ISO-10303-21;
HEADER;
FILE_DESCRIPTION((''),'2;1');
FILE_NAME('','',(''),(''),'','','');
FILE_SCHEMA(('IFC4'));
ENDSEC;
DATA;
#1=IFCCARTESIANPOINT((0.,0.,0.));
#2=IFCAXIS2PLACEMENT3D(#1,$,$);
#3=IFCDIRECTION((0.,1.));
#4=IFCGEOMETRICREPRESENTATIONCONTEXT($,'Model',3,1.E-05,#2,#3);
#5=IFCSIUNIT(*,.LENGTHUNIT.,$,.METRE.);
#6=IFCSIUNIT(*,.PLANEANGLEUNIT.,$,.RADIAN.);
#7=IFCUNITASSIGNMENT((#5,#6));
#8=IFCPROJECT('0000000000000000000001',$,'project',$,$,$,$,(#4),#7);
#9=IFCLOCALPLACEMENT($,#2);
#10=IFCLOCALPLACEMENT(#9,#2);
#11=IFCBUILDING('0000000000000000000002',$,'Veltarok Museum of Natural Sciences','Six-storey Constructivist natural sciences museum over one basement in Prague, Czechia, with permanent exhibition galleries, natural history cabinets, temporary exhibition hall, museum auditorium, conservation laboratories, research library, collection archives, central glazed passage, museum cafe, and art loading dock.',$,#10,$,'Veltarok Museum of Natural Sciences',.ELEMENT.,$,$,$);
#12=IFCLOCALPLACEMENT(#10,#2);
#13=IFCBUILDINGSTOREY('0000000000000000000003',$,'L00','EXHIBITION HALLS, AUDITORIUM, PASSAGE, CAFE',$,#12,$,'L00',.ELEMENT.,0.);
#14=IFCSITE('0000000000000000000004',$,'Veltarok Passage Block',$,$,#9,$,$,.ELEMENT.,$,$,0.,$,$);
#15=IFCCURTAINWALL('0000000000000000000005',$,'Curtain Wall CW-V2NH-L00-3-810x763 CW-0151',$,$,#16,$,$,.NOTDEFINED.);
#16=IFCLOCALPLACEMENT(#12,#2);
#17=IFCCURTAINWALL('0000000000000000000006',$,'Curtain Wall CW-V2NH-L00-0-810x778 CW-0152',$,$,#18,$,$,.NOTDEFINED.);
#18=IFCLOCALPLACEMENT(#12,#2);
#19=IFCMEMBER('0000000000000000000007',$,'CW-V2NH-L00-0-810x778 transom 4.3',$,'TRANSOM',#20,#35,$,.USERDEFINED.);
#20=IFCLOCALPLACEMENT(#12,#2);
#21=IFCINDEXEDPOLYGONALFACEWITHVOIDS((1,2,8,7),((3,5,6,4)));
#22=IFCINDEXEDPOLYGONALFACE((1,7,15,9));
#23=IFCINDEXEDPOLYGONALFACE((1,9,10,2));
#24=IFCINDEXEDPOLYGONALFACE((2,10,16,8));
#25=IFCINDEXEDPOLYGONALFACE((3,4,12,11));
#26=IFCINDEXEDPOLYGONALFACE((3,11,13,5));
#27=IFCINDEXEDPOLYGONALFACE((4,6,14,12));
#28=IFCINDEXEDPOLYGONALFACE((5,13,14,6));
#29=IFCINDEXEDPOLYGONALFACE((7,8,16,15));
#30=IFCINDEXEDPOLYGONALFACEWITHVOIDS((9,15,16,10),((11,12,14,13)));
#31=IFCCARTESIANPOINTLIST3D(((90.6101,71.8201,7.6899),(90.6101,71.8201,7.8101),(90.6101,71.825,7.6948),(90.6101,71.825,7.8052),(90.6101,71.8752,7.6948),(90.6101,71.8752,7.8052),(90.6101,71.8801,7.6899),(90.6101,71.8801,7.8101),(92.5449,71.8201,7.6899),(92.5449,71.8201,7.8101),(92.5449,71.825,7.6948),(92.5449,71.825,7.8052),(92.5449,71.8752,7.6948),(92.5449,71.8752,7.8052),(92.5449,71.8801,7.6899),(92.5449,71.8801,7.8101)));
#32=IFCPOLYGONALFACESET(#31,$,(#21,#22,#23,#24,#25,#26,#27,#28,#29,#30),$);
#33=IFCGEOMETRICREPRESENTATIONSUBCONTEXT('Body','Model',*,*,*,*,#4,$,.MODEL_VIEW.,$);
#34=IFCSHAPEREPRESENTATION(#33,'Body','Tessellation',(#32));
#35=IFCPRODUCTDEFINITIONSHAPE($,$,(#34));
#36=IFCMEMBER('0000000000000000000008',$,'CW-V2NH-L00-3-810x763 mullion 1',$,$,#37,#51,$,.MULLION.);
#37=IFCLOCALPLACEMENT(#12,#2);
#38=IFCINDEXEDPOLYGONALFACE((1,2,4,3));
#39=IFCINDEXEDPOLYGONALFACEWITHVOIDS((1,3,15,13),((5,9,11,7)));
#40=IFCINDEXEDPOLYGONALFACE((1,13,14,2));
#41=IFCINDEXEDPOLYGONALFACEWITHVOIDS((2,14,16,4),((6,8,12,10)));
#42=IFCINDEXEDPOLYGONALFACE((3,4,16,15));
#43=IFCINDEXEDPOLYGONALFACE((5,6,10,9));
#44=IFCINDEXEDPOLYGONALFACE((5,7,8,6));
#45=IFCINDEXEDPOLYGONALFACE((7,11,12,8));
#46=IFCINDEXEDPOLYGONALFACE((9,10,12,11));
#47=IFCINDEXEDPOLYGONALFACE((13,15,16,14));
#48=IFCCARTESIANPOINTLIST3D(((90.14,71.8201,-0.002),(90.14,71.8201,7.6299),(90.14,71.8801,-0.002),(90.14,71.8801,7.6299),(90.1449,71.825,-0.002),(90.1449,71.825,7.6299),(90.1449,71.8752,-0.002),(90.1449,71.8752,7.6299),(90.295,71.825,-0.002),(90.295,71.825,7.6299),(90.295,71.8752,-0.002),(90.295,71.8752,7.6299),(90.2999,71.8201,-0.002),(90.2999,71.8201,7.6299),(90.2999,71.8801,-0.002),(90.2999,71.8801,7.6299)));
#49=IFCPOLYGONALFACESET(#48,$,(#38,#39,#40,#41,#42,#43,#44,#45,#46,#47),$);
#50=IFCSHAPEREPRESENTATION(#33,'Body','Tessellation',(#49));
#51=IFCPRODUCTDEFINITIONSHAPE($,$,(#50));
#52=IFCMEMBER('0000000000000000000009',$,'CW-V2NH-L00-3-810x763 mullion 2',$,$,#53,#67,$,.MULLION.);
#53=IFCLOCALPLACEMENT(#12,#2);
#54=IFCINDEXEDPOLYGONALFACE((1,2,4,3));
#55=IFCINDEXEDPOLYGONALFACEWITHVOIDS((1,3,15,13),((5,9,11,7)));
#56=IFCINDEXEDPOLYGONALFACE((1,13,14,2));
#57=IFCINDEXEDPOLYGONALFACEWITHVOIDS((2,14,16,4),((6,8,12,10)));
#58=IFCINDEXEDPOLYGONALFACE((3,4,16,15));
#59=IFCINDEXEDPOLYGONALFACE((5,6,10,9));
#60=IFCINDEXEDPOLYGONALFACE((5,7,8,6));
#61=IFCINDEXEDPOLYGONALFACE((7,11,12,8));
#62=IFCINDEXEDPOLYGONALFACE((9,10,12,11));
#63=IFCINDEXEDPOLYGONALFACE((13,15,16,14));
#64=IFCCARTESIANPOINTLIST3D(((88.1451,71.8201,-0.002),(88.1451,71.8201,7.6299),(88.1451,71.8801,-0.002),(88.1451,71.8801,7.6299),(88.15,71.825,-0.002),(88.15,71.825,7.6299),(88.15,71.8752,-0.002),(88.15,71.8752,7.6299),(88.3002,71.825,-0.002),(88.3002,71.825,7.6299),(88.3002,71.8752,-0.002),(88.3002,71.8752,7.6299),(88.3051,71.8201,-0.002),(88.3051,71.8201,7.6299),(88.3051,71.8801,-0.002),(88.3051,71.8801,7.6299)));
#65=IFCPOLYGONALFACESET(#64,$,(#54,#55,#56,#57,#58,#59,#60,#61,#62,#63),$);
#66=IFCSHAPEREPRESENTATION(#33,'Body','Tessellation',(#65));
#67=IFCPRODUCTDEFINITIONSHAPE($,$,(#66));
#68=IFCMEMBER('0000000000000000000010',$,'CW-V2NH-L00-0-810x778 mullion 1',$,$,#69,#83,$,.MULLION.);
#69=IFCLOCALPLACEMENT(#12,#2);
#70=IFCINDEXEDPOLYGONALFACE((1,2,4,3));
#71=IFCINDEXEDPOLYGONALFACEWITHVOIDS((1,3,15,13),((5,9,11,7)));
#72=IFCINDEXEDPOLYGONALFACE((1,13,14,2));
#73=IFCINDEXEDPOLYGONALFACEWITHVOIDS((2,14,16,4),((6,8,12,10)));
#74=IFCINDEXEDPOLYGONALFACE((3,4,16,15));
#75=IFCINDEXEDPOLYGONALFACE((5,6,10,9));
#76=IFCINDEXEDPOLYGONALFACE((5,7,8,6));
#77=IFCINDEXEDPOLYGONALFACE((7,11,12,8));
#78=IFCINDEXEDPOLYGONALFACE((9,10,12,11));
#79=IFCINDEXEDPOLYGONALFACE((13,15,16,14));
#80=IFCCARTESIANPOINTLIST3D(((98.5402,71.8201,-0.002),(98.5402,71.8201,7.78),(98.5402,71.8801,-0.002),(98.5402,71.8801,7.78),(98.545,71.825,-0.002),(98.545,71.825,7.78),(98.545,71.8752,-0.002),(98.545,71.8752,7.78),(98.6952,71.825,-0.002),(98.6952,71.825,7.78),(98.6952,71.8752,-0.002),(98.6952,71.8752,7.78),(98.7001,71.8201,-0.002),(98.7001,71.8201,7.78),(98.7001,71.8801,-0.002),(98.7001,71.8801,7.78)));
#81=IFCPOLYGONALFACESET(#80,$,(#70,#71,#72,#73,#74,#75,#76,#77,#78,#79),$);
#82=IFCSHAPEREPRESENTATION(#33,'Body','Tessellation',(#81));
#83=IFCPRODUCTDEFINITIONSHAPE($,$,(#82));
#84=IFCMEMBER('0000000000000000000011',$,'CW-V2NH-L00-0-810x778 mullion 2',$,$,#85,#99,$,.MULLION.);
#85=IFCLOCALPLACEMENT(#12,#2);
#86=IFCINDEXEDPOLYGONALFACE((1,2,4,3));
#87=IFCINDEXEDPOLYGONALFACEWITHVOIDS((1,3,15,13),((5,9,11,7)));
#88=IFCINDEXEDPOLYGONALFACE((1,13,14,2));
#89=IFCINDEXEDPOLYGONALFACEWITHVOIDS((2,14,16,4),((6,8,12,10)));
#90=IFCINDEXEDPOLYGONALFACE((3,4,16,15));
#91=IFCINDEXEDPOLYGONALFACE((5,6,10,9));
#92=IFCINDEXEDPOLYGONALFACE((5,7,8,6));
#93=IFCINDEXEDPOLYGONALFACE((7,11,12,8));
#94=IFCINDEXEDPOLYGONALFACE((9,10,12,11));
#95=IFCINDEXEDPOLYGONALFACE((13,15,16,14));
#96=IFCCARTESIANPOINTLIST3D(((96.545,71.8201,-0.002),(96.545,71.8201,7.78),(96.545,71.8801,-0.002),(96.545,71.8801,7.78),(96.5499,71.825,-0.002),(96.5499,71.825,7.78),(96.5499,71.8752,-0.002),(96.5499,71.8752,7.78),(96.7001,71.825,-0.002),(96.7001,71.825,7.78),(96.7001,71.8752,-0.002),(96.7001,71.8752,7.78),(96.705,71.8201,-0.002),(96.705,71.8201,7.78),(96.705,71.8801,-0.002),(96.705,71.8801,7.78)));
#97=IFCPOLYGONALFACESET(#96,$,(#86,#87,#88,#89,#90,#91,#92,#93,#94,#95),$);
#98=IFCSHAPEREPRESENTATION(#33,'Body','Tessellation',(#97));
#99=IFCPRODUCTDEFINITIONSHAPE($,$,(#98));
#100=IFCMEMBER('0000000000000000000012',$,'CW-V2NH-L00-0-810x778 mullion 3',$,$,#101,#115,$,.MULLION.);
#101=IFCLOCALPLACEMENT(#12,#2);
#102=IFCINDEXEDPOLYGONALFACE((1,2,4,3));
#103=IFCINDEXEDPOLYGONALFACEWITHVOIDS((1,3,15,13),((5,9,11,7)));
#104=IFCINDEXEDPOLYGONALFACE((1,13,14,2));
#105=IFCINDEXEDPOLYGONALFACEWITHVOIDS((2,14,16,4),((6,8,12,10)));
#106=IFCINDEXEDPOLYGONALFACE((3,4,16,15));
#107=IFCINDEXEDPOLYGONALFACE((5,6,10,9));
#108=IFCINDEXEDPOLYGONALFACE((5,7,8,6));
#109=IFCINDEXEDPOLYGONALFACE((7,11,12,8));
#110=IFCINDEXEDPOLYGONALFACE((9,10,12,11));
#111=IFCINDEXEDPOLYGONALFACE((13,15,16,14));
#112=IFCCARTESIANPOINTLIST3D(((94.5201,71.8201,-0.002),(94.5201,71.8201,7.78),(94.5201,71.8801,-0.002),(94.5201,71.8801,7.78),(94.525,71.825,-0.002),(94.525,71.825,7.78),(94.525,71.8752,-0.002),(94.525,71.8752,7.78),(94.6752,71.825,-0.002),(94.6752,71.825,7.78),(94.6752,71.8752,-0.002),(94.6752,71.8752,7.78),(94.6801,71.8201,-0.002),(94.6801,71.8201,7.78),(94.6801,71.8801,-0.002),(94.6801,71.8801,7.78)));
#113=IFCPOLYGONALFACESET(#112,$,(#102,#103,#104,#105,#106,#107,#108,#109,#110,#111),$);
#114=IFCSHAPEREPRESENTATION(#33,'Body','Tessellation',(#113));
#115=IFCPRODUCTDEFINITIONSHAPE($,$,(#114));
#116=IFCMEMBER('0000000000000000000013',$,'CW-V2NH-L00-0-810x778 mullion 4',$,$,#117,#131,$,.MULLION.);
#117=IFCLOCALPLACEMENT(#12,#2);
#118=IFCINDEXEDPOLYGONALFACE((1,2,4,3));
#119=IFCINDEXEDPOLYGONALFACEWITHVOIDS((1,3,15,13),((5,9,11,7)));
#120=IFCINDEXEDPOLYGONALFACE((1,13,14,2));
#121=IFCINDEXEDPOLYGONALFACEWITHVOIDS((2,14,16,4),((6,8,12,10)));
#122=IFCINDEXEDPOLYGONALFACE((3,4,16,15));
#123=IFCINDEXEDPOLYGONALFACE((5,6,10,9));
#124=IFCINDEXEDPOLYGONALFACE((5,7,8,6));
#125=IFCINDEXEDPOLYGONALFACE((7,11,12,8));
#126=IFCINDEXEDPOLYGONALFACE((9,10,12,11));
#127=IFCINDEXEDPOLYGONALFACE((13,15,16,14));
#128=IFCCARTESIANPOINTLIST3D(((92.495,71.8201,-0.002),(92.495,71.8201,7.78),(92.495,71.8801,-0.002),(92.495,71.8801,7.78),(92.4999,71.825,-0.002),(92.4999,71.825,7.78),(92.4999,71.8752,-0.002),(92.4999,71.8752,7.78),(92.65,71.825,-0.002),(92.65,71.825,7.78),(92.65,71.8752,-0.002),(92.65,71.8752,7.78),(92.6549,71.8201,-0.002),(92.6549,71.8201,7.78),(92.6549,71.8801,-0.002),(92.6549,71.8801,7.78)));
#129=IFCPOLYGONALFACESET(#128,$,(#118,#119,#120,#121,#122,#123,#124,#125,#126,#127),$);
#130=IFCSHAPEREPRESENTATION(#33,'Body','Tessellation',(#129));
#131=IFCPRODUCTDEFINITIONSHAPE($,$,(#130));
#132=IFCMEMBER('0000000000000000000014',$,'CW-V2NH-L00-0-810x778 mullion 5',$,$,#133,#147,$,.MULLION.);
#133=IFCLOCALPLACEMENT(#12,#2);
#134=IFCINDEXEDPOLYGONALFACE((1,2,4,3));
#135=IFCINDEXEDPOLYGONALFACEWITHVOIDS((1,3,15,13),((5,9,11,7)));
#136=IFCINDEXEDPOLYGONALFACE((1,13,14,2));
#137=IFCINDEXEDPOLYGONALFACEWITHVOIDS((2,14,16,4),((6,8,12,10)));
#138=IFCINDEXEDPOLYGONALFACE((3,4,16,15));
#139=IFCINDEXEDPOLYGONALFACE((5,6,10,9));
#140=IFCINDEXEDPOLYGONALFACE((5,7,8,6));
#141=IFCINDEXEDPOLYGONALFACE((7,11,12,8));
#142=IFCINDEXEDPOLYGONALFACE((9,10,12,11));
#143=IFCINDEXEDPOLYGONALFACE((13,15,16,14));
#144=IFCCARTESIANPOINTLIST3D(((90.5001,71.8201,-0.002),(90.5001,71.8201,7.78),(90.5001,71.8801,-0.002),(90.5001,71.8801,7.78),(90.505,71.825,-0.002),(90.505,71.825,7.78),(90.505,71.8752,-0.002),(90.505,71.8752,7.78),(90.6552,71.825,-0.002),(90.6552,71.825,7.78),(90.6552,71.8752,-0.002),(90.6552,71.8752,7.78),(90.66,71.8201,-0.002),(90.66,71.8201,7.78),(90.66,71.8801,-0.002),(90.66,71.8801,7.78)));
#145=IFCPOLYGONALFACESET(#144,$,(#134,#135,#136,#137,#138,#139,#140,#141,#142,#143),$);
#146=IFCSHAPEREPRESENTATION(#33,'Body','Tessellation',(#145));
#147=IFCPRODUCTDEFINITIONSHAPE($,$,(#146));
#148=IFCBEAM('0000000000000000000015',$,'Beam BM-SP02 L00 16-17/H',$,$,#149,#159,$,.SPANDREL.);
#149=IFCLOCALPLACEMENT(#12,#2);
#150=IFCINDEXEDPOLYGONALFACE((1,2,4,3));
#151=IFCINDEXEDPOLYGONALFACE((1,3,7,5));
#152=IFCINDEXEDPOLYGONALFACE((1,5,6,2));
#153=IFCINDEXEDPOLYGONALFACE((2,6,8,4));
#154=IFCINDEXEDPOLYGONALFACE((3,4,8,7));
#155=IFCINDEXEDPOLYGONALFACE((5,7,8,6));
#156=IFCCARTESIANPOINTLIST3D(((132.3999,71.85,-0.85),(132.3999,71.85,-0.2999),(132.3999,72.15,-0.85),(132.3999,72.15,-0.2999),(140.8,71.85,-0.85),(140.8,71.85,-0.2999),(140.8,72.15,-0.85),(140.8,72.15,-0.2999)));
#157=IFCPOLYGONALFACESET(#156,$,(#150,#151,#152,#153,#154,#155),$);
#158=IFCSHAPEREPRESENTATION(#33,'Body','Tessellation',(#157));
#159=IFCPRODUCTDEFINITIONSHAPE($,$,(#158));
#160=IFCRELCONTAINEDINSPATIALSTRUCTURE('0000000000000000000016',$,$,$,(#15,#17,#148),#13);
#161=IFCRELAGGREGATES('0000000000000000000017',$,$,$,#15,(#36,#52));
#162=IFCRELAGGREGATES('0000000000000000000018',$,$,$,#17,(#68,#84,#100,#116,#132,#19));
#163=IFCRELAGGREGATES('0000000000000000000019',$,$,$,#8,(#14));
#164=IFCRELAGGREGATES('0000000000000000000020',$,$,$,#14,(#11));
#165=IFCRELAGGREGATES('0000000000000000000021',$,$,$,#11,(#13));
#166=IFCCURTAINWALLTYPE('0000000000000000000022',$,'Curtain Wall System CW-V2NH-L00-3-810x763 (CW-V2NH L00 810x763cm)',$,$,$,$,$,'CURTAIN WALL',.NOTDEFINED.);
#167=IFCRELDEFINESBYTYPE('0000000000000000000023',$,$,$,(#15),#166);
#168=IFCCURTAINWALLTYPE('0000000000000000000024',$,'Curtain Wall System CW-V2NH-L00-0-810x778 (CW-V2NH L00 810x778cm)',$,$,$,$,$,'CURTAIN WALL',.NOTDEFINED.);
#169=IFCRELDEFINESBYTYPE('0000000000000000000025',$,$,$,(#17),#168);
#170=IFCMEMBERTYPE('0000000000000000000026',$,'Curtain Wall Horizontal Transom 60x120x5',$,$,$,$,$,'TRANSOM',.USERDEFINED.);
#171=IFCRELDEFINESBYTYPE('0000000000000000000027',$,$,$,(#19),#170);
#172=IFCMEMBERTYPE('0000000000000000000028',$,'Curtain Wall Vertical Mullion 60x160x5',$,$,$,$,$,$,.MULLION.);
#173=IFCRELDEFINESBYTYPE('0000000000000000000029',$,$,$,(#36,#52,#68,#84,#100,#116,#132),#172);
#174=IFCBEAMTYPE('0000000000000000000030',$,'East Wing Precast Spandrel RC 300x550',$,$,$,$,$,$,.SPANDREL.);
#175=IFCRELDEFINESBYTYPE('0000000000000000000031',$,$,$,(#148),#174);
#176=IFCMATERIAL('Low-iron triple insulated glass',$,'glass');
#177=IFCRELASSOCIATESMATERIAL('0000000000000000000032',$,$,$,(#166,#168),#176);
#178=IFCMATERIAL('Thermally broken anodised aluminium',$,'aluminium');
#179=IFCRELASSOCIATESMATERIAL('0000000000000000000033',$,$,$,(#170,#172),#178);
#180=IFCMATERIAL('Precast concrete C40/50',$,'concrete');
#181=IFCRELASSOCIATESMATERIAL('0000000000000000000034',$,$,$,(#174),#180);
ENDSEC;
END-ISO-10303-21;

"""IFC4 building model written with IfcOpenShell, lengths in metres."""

from ifc_helpers import new_model, si_unit, direction, frame, origin, origin_2d, place, context, subcontext, project, spatial, rectangle, hollow_rectangle, extrude, material, material_profile, profile_set, type_object, element, aggregate, save


model = new_model("IFC4")

# Units and contexts
model_context = context("Model", 3, precision=1e-05, world=origin(), true_north=direction((0.0, 1.0)))
body_context = subcontext(model_context, "Body", "Model", "MODEL_VIEW")
ifc_project = project(units=[si_unit("LENGTHUNIT", "METRE"), si_unit("PLANEANGLEUNIT", "RADIAN")], contexts=[model_context])

# Site, building, storey
site_placement = place(None, origin())
site = spatial("IfcSite", under=ifc_project, at=site_placement, Name="Veltarok Passage Block", CompositionType="ELEMENT", RefElevation=0.0)
building_placement = place(site_placement, origin())
building = spatial("IfcBuilding", under=site, at=building_placement, Name="Veltarok Museum of Natural Sciences", Description="Six-storey Constructivist natural sciences museum over one basement in Prague, Czechia, with permanent exhibition galleries, natural history cabinets, temporary exhibition hall, museum auditorium, conservation laboratories, research library, collection archives, central glazed passage, museum cafe, and art loading dock.", LongName="Veltarok Museum of Natural Sciences", CompositionType="ELEMENT")
storey_placement = place(building_placement, origin())
storey = spatial("IfcBuildingStorey", under=building, at=storey_placement, Name="L00", Description="EXHIBITION HALLS, AUDITORIUM, PASSAGE, CAFE", LongName="L00", CompositionType="ELEMENT", Elevation=0.0)

# Curtain walls, member
ifc_material_1 = material(Name="Low-iron triple insulated glass", Category="glass")
curtain_wall_type_1 = type_object("IfcCurtainWallType", Name="Curtain Wall System CW-V2NH-L00-3-810x763 (CW-V2NH L00 810x763cm)", ElementType="CURTAIN WALL", PredefinedType="NOTDEFINED", material=ifc_material_1)
curtain_wall_1_placement = place(storey_placement, origin())
curtain_wall_1 = element("IfcCurtainWall", 1, at=curtain_wall_1_placement, inside=storey, type_object=curtain_wall_type_1, Name="Curtain Wall CW-V2NH-L00-3-810x763 CW-0151", PredefinedType="NOTDEFINED")
ifc_material_2 = material(Name="Thermally broken anodised aluminium", Category="aluminium")
ifc_material_profile_1 = material_profile(ifc_material_2, hollow_rectangle(XDim=0.0601, YDim=0.1201, WallThickness=0.0049, at=origin_2d()), Name="CW TRANSOM 60x120x5")
ifc_profile_set_1 = profile_set([ifc_material_profile_1], Name="Thermally broken anodised aluminium")
member_type_1 = type_object("IfcMemberType", Name="Curtain Wall Horizontal Transom 60x120x5", ElementType="TRANSOM", PredefinedType="USERDEFINED", material=ifc_profile_set_1)
curtain_wall_type_2 = type_object("IfcCurtainWallType", Name="Curtain Wall System CW-V2NH-L00-0-810x778 (CW-V2NH L00 810x778cm)", ElementType="CURTAIN WALL", PredefinedType="NOTDEFINED", material=ifc_material_1)
curtain_wall_2_placement = place(storey_placement, origin())
curtain_wall_2 = element("IfcCurtainWall", 2, at=curtain_wall_2_placement, inside=storey, type_object=curtain_wall_type_2, Name="Curtain Wall CW-V2NH-L00-0-810x778 CW-0152", PredefinedType="NOTDEFINED")
member_1_placement = place(storey_placement, frame((92.5449, 71.8501, 7.75), z_axis=(-1.0, 0.0, 0.0), x_axis=(0.0, -1.0, 0.0)))
member_1 = element("IfcMember", 3, at=member_1_placement, type_object=member_type_1, Name="CW-V2NH-L00-0-810x778 transom 4.3", ObjectType="TRANSOM", PredefinedType="USERDEFINED", context=body_context, shape_type="SweptSolid", body=[
    extrude(hollow_rectangle(XDim=0.0601, YDim=0.1201, WallThickness=0.0049, at=origin_2d()), origin(), (0.0, 0.0, 1.0), 1.9348),
])

# Members
ifc_material_profile_2 = material_profile(ifc_material_2, hollow_rectangle(XDim=0.0601, YDim=0.1599, WallThickness=0.0049, at=origin_2d()), Name="CW MULLION 60x160x5")
ifc_profile_set_2 = profile_set([ifc_material_profile_2], Name="Thermally broken anodised aluminium")
member_type_2 = type_object("IfcMemberType", Name="Curtain Wall Vertical Mullion 60x160x5", PredefinedType="MULLION", material=ifc_profile_set_2)
member_2_placement = place(storey_placement, frame((90.22, 71.8501, -0.002), z_axis=(0.0, 0.0, 1.0), x_axis=(0.0, -1.0, 0.0)))
member_2 = element("IfcMember", 4, at=member_2_placement, type_object=member_type_2, Name="CW-V2NH-L00-3-810x763 mullion 1", PredefinedType="MULLION", context=body_context, shape_type="SweptSolid", body=[
    extrude(hollow_rectangle(XDim=0.0601, YDim=0.1599, WallThickness=0.0049, at=origin_2d()), origin(), (0.0, 0.0, 1.0), 7.6318),
])
member_3_placement = place(storey_placement, frame((88.2251, 71.8501, -0.002), z_axis=(0.0, 0.0, 1.0), x_axis=(0.0, -1.0, 0.0)))
member_3 = element("IfcMember", 5, at=member_3_placement, type_object=member_type_2, Name="CW-V2NH-L00-3-810x763 mullion 2", PredefinedType="MULLION", context=body_context, shape_type="SweptSolid", body=[
    extrude(hollow_rectangle(XDim=0.0601, YDim=0.1599, WallThickness=0.0049, at=origin_2d()), origin(), (0.0, 0.0, 1.0), 7.6318),
])
member_4_placement = place(storey_placement, frame((98.6201, 71.8501, -0.002), z_axis=(0.0, 0.0, 1.0), x_axis=(0.0, -1.0, 0.0)))
member_4 = element("IfcMember", 6, at=member_4_placement, type_object=member_type_2, Name="CW-V2NH-L00-0-810x778 mullion 1", PredefinedType="MULLION", context=body_context, shape_type="SweptSolid", body=[
    extrude(hollow_rectangle(XDim=0.0601, YDim=0.1599, WallThickness=0.0049, at=origin_2d()), origin(), (0.0, 0.0, 1.0), 7.782),
])
member_5_placement = place(storey_placement, frame((96.625, 71.8501, -0.002), z_axis=(0.0, 0.0, 1.0), x_axis=(0.0, -1.0, 0.0)))
member_5 = element("IfcMember", 7, at=member_5_placement, type_object=member_type_2, Name="CW-V2NH-L00-0-810x778 mullion 2", PredefinedType="MULLION", context=body_context, shape_type="SweptSolid", body=[
    extrude(hollow_rectangle(XDim=0.0601, YDim=0.1599, WallThickness=0.0049, at=origin_2d()), origin(), (0.0, 0.0, 1.0), 7.782),
])
member_6_placement = place(storey_placement, frame((94.6001, 71.8501, -0.002), z_axis=(0.0, 0.0, 1.0), x_axis=(0.0, -1.0, 0.0)))
member_6 = element("IfcMember", 8, at=member_6_placement, type_object=member_type_2, Name="CW-V2NH-L00-0-810x778 mullion 3", PredefinedType="MULLION", context=body_context, shape_type="SweptSolid", body=[
    extrude(hollow_rectangle(XDim=0.0601, YDim=0.1599, WallThickness=0.0049, at=origin_2d()), origin(), (0.0, 0.0, 1.0), 7.782),
])
member_7_placement = place(storey_placement, frame((92.575, 71.8501, -0.002), z_axis=(0.0, 0.0, 1.0), x_axis=(0.0, -1.0, 0.0)))
member_7 = element("IfcMember", 9, at=member_7_placement, type_object=member_type_2, Name="CW-V2NH-L00-0-810x778 mullion 4", PredefinedType="MULLION", context=body_context, shape_type="SweptSolid", body=[
    extrude(hollow_rectangle(XDim=0.0601, YDim=0.1599, WallThickness=0.0049, at=origin_2d()), origin(), (0.0, 0.0, 1.0), 7.782),
])
member_8_placement = place(storey_placement, frame((90.5801, 71.8501, -0.002), z_axis=(0.0, 0.0, 1.0), x_axis=(0.0, -1.0, 0.0)))
member_8 = element("IfcMember", 10, at=member_8_placement, type_object=member_type_2, Name="CW-V2NH-L00-0-810x778 mullion 5", PredefinedType="MULLION", context=body_context, shape_type="SweptSolid", body=[
    extrude(hollow_rectangle(XDim=0.0601, YDim=0.1599, WallThickness=0.0049, at=origin_2d()), origin(), (0.0, 0.0, 1.0), 7.782),
])

# Beam
ifc_material_3 = material(Name="Precast concrete C40/50", Category="concrete")
ifc_material_profile_3 = material_profile(ifc_material_3, rectangle(XDim=0.3, YDim=0.55, at=origin_2d()), Name="RC 300x550")
ifc_profile_set_3 = profile_set([ifc_material_profile_3], Name="Precast concrete C40/50")
beam_type_1 = type_object("IfcBeamType", Name="East Wing Precast Spandrel RC 300x550", PredefinedType="SPANDREL", material=ifc_profile_set_3)
beam_1_placement = place(storey_placement, frame((132.3999, 72.0, -0.575), z_axis=(1.0, 0.0, 0.0), x_axis=(0.0, 1.0, 0.0)))
element("IfcBeam", 11, at=beam_1_placement, inside=storey, type_object=beam_type_1, Name="Beam BM-SP02 L00 16-17/H", PredefinedType="SPANDREL", context=body_context, shape_type="SweptSolid", body=[
    extrude(rectangle(XDim=0.3, YDim=0.55, at=origin_2d()), origin(), (0.0, 0.0, 1.0), 8.4001),
])

aggregate(curtain_wall_1, [member_2, member_3])
aggregate(curtain_wall_2, [member_4, member_5, member_6, member_7, member_8, member_1])

save(model, "model.ifc")
